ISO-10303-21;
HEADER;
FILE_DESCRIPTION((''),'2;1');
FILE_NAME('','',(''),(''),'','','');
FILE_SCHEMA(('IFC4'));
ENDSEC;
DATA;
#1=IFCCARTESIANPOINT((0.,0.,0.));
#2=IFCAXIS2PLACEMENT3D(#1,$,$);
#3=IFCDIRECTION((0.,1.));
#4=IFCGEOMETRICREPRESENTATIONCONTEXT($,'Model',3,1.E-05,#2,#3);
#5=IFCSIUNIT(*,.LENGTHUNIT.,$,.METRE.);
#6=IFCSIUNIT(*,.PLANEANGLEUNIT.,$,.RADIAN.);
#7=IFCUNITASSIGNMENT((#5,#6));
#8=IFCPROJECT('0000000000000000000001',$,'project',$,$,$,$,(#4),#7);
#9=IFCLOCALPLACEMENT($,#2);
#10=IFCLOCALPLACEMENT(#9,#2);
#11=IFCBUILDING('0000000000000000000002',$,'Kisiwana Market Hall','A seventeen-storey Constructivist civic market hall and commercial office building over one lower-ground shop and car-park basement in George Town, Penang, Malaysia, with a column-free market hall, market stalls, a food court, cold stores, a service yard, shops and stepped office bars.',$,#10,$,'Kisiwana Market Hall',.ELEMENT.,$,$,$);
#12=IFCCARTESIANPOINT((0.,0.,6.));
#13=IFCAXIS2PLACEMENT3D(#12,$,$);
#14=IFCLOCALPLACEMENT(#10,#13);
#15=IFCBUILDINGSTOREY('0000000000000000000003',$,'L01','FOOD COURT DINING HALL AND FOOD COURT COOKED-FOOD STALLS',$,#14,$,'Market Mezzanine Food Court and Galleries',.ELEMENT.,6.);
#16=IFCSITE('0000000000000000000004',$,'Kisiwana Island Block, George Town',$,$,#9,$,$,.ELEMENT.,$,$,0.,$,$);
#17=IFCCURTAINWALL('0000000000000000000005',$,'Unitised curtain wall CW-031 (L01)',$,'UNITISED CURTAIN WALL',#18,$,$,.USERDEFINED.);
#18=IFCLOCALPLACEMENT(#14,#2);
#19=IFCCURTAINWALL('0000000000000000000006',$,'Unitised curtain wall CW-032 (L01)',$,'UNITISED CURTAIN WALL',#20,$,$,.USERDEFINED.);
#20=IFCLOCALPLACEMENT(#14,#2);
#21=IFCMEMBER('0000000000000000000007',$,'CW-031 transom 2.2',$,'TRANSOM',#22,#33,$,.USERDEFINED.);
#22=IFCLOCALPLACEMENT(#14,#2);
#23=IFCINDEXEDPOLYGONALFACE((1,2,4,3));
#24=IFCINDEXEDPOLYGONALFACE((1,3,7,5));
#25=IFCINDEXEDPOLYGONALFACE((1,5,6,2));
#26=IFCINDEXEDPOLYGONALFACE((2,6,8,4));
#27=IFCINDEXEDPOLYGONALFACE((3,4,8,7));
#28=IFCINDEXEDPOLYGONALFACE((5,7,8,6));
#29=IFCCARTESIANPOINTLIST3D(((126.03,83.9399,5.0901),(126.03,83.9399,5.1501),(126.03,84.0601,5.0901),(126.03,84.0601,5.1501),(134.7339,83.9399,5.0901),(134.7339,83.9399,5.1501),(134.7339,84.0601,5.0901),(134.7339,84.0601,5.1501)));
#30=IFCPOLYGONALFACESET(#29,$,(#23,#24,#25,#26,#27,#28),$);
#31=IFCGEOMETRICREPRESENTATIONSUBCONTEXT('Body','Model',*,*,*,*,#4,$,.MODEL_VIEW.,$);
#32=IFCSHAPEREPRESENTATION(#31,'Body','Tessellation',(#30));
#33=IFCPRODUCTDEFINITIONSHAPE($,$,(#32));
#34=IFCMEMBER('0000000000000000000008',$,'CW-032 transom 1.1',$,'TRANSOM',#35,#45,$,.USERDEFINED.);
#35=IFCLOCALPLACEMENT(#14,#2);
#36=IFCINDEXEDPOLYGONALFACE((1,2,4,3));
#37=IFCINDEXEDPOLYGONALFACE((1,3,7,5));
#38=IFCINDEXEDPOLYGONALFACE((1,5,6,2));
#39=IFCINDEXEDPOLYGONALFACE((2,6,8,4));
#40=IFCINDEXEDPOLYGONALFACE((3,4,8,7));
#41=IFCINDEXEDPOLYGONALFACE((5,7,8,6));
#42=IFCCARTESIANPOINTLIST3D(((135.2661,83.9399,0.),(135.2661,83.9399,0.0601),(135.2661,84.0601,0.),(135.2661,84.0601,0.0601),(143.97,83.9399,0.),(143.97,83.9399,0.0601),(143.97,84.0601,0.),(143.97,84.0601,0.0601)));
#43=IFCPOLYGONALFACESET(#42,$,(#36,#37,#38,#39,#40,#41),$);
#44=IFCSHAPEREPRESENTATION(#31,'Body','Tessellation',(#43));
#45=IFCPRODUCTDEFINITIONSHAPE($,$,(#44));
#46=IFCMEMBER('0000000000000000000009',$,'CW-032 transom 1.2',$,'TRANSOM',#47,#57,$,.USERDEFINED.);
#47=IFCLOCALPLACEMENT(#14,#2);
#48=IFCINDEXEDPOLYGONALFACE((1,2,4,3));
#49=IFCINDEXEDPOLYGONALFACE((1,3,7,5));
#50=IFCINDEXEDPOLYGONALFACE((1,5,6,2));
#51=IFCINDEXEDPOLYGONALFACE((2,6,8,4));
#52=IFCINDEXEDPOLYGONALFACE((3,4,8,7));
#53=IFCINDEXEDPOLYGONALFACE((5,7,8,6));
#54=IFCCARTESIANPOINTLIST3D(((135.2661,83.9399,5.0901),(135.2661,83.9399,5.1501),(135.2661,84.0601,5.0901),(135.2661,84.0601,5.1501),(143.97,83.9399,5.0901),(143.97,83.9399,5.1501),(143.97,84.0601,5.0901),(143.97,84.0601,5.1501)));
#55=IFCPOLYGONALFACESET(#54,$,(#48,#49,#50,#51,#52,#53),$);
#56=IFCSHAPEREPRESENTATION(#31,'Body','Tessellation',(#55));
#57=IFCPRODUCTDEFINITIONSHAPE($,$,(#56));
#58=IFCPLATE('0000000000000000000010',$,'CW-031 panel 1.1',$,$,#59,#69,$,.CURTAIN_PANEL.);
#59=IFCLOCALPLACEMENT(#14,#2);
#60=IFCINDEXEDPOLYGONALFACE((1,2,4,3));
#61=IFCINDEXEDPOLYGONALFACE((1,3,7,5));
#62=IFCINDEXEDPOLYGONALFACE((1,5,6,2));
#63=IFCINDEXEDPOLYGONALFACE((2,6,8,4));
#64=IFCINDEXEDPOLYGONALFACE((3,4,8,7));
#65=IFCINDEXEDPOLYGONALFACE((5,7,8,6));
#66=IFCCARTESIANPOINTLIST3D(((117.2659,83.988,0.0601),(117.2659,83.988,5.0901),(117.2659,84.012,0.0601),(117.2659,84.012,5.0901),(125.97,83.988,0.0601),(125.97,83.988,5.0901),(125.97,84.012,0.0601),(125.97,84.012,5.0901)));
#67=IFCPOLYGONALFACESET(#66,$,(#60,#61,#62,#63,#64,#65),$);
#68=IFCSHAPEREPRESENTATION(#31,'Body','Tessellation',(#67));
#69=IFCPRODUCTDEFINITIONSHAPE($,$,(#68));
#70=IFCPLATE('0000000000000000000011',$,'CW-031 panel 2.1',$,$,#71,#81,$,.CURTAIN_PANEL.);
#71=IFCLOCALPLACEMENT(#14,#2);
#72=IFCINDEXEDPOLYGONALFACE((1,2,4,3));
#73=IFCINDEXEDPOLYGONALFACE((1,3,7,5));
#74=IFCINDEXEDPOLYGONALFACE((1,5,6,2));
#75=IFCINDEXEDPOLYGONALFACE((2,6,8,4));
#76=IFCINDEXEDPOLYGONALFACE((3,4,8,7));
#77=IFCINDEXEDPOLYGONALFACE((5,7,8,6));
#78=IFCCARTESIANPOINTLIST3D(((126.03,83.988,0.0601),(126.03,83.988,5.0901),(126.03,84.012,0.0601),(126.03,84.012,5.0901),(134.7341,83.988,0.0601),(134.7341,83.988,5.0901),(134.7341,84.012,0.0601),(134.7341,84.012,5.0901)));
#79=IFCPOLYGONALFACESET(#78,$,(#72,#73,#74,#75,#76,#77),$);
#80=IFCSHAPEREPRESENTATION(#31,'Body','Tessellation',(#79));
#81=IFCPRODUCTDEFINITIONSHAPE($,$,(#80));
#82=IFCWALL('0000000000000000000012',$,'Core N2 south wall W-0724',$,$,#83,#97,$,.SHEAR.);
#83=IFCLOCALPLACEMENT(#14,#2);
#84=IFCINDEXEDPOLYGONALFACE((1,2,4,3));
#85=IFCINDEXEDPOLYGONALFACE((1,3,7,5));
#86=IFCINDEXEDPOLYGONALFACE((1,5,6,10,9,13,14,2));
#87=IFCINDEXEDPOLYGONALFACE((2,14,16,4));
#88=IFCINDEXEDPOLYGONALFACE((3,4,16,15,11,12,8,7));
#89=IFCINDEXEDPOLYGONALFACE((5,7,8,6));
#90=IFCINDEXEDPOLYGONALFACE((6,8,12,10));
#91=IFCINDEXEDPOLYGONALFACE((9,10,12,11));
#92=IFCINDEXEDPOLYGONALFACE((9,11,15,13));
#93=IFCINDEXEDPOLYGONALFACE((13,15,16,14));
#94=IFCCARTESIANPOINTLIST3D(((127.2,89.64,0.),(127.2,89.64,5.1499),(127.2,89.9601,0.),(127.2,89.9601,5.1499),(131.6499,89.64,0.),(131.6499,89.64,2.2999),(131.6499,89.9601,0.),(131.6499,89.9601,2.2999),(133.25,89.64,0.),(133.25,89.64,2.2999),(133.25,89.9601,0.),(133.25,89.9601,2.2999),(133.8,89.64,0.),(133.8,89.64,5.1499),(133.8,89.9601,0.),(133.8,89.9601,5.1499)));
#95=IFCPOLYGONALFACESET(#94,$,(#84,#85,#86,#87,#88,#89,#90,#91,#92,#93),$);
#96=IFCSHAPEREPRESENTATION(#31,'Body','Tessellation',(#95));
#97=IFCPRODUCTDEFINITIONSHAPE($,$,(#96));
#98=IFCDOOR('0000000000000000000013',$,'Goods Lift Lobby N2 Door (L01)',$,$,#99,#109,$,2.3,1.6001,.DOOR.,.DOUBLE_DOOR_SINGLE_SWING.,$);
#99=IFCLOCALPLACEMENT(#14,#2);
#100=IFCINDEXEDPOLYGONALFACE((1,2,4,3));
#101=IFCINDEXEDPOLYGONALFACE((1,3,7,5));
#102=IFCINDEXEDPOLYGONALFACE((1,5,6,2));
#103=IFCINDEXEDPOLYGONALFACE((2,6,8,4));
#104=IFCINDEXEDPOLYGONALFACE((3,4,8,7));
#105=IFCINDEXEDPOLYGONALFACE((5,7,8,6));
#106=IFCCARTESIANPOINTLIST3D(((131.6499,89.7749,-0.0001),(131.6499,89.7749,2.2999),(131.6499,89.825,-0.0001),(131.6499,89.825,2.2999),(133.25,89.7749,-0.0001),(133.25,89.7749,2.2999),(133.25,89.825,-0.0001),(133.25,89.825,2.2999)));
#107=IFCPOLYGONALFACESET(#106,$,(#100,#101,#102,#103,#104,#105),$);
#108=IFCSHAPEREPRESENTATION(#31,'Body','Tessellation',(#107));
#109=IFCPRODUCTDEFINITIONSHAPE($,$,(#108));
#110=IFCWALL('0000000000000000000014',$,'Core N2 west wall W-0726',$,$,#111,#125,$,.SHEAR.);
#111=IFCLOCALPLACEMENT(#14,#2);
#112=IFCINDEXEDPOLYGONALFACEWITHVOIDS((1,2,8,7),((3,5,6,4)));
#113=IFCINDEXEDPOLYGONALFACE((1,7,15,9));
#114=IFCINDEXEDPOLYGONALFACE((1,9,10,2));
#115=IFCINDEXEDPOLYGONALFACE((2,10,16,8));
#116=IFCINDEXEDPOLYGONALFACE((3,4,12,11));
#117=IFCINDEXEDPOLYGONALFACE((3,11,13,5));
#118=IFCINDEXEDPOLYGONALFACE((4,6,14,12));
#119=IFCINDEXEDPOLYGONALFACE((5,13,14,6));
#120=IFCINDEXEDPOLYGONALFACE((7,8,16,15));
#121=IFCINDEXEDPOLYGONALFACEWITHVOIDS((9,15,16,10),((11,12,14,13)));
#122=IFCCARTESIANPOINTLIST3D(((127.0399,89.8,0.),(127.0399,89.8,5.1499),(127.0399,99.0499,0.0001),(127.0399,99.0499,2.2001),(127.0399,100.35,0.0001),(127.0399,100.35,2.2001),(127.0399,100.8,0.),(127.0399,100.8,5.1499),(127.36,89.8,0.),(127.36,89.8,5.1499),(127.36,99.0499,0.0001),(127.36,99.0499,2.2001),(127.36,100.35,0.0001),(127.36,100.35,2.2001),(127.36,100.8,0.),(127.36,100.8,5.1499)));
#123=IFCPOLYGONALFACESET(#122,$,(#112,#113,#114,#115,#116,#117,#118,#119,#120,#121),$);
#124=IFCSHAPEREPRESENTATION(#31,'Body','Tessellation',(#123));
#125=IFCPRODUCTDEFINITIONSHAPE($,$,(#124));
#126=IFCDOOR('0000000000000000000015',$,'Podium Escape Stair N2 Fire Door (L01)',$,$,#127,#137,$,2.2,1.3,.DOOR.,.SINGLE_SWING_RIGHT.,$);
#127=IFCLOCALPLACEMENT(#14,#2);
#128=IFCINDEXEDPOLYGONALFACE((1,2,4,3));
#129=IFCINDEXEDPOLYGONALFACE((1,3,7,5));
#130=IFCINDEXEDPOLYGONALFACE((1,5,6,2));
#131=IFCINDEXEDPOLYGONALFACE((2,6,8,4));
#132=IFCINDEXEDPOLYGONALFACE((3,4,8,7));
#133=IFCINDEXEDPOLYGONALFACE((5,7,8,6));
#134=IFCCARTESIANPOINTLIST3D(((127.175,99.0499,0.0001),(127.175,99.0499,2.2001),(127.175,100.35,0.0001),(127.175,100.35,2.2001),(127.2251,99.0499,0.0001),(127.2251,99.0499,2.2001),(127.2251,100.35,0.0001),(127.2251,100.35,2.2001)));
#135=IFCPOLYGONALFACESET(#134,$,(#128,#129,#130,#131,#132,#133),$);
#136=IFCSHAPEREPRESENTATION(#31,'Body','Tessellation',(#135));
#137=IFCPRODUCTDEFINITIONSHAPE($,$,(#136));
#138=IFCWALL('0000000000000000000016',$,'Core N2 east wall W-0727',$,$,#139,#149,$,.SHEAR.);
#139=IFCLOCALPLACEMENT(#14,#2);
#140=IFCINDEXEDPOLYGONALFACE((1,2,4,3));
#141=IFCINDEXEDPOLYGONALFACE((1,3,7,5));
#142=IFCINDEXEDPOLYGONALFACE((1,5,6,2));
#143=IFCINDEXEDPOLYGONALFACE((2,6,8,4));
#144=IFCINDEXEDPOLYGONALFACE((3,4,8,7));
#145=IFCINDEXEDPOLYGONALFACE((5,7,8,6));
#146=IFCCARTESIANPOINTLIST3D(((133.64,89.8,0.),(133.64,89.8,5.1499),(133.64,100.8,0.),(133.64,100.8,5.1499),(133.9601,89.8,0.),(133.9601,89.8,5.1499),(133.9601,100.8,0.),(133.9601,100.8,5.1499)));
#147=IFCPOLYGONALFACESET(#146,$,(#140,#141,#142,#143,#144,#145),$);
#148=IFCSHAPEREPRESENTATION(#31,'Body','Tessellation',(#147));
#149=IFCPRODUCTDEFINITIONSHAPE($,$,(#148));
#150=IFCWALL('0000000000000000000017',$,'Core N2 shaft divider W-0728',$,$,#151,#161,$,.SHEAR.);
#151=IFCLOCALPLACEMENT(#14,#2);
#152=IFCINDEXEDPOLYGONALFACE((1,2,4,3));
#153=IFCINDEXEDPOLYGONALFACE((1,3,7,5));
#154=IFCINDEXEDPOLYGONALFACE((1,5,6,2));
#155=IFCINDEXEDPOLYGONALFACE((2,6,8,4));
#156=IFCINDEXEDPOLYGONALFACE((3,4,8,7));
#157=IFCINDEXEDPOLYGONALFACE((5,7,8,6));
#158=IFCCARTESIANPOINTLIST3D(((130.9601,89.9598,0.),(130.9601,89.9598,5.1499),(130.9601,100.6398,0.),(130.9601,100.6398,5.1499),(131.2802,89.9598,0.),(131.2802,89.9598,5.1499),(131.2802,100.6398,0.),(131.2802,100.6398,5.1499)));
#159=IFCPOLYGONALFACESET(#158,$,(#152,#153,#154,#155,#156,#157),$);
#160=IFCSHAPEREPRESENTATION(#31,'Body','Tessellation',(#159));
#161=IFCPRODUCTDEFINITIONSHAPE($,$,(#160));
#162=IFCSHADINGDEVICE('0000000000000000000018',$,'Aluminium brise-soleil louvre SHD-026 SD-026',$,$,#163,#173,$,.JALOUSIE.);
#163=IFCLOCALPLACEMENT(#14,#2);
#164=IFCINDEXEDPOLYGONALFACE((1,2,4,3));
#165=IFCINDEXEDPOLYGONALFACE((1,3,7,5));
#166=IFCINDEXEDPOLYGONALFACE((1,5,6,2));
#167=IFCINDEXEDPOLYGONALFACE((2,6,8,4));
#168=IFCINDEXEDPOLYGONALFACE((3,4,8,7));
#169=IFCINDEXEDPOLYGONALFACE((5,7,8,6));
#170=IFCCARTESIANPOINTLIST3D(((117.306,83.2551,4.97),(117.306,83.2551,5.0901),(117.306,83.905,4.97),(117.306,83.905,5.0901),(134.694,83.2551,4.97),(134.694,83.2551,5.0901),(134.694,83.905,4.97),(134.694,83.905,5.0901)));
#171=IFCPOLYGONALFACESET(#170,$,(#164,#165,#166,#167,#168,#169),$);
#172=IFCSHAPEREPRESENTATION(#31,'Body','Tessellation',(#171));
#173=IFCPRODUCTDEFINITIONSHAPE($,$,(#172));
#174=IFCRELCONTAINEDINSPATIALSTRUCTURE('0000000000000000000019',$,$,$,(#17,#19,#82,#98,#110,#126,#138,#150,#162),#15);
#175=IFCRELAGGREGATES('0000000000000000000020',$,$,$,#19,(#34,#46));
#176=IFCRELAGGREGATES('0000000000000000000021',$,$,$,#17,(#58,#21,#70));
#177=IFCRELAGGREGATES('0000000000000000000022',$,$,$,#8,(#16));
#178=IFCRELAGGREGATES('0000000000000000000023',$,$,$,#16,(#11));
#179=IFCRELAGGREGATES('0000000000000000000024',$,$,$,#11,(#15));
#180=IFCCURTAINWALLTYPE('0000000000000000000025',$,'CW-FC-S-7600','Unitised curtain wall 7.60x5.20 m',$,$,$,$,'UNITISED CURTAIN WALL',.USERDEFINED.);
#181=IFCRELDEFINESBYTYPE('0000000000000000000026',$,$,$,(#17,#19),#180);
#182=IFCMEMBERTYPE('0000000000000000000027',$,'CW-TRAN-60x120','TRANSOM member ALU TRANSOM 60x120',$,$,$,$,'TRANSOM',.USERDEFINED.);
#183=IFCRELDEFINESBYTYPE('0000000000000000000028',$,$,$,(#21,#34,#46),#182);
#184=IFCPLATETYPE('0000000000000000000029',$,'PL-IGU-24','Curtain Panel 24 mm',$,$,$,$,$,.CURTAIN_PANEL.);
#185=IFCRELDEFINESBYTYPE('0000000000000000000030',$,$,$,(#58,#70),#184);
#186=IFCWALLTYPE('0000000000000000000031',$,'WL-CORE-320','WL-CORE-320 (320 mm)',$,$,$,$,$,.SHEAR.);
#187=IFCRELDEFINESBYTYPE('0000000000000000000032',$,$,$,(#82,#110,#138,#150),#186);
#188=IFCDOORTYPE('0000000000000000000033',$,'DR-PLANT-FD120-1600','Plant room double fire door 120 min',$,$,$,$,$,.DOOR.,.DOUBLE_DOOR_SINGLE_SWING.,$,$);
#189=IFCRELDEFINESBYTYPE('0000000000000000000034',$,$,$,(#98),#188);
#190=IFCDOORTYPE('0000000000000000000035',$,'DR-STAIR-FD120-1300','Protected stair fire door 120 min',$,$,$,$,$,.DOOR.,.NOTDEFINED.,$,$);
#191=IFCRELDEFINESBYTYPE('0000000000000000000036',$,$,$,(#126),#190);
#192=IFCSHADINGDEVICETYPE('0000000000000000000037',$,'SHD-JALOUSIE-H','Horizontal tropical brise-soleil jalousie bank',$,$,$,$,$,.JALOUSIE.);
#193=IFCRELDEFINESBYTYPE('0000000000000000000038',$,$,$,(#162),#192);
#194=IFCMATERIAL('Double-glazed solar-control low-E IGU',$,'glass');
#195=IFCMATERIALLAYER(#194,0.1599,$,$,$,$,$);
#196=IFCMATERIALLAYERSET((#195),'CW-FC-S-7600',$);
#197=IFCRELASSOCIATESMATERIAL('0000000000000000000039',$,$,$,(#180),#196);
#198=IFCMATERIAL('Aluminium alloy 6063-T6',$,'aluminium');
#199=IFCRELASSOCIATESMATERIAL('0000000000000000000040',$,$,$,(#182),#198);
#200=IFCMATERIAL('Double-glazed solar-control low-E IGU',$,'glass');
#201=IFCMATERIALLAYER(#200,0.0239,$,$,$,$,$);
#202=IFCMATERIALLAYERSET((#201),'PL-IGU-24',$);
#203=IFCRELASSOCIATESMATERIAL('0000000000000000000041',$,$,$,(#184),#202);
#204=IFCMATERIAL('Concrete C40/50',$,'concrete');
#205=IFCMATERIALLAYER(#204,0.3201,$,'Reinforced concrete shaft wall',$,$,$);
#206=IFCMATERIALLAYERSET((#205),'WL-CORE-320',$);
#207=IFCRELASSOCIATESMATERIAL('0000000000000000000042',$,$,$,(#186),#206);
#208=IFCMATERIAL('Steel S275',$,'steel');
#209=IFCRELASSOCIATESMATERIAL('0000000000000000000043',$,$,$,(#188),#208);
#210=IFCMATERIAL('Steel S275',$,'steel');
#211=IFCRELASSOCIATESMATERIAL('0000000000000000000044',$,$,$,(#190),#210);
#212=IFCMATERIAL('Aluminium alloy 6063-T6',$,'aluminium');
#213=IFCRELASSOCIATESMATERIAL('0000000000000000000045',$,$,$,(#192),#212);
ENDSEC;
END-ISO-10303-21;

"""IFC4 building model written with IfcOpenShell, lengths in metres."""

from ifc_helpers import new_model, si_unit, direction, frame, frame_2d, origin, origin_2d, place, context, subcontext, project, spatial, rectangle, extrude, material, layer, layer_set, material_profile, profile_set, type_object, element, fill, aggregate, save


model = new_model("IFC4")

# Units and contexts
model_context = context("Model", 3, precision=1e-05, world=origin(), true_north=direction((0.0, 1.0)))
body_context = subcontext(model_context, "Body", "Model", "MODEL_VIEW")
ifc_project = project(units=[si_unit("LENGTHUNIT", "METRE"), si_unit("PLANEANGLEUNIT", "RADIAN")], contexts=[model_context])

# Site, building, storey
site_placement = place(None, origin())
site = spatial("IfcSite", under=ifc_project, at=site_placement, Name="Kisiwana Island Block, George Town", CompositionType="ELEMENT", RefElevation=0.0)
building_placement = place(site_placement, origin())
building = spatial("IfcBuilding", under=site, at=building_placement, Name="Kisiwana Market Hall", Description="A seventeen-storey Constructivist civic market hall and commercial office building over one lower-ground shop and car-park basement in George Town, Penang, Malaysia, with a column-free market hall, market stalls, a food court, cold stores, a service yard, shops and stepped office bars.", LongName="Kisiwana Market Hall", CompositionType="ELEMENT")
storey_placement = place(building_placement, frame((0.0, 0.0, 6.0)))
storey = spatial("IfcBuildingStorey", under=building, at=storey_placement, Name="L01", Description="FOOD COURT DINING HALL AND FOOD COURT COOKED-FOOD STALLS", LongName="Market Mezzanine Food Court and Galleries", CompositionType="ELEMENT", Elevation=6.0)

# Curtain wall
ifc_material_1 = material(Name="Double-glazed solar-control low-E IGU", Category="glass")
ifc_layer_1 = layer(ifc_material_1, 0.1599)
ifc_layer_set_1 = layer_set([ifc_layer_1], Name="CW-FC-S-7600")
curtain_wall_type = type_object("IfcCurtainWallType", Name="CW-FC-S-7600", Description="Unitised curtain wall 7.60x5.20 m", ElementType="UNITISED CURTAIN WALL", PredefinedType="USERDEFINED", material=ifc_layer_set_1)
curtain_wall_1_placement = place(storey_placement, origin())
curtain_wall_1 = element("IfcCurtainWall", 1, at=curtain_wall_1_placement, inside=storey, type_object=curtain_wall_type, Name="Unitised curtain wall CW-031 (L01)", ObjectType="UNITISED CURTAIN WALL", PredefinedType="USERDEFINED")

# Curtain wall
curtain_wall_2_placement = place(storey_placement, origin())
curtain_wall_2 = element("IfcCurtainWall", 2, at=curtain_wall_2_placement, inside=storey, type_object=curtain_wall_type, Name="Unitised curtain wall CW-032 (L01)", ObjectType="UNITISED CURTAIN WALL", PredefinedType="USERDEFINED")

# Members
ifc_material_2 = material(Name="Aluminium alloy 6063-T6", Category="aluminium")
ifc_material_profile_1 = material_profile(ifc_material_2, rectangle(XDim=0.1201, YDim=0.0601, at=origin_2d()), Name="ALU TRANSOM 60x120")
ifc_profile_set_1 = profile_set([ifc_material_profile_1], Name="Aluminium alloy 6063-T6")
member_type_1 = type_object("IfcMemberType", Name="CW-TRAN-60x120", Description="TRANSOM member ALU TRANSOM 60x120", ElementType="TRANSOM", PredefinedType="USERDEFINED", material=ifc_profile_set_1)
member_1_placement = place(storey_placement, frame((126.03, 84.0, 5.1201), z_axis=(1.0, 0.0, 0.0), x_axis=(0.0, 1.0, 0.0)))
member_1 = element("IfcMember", 3, at=member_1_placement, type_object=member_type_1, Name="CW-031 transom 2.2", ObjectType="TRANSOM", PredefinedType="USERDEFINED", context=body_context, shape_type="SweptSolid", body=[
    extrude(rectangle(XDim=0.1201, YDim=0.0601, at=origin_2d()), origin(), (0.0, 0.0, 1.0), 8.7039),
])
member_2_placement = place(storey_placement, frame((135.2661, 84.0, 0.03), z_axis=(1.0, 0.0, 0.0), x_axis=(0.0, 1.0, 0.0)))
member_2 = element("IfcMember", 4, at=member_2_placement, type_object=member_type_1, Name="CW-032 transom 1.1", ObjectType="TRANSOM", PredefinedType="USERDEFINED", context=body_context, shape_type="SweptSolid", body=[
    extrude(rectangle(XDim=0.1201, YDim=0.0601, at=origin_2d()), origin(), (0.0, 0.0, 1.0), 8.7039),
])
member_3_placement = place(storey_placement, frame((135.2661, 84.0, 5.1201), z_axis=(1.0, 0.0, 0.0), x_axis=(0.0, 1.0, 0.0)))
member_3 = element("IfcMember", 5, at=member_3_placement, type_object=member_type_1, Name="CW-032 transom 1.2", ObjectType="TRANSOM", PredefinedType="USERDEFINED", context=body_context, shape_type="SweptSolid", body=[
    extrude(rectangle(XDim=0.1201, YDim=0.0601, at=origin_2d()), origin(), (0.0, 0.0, 1.0), 8.7039),
])
aggregate(curtain_wall_2, [member_2, member_3])

# Plates
ifc_material_3 = material(Name="Double-glazed solar-control low-E IGU", Category="glass")
ifc_layer_2 = layer(ifc_material_3, 0.0239)
ifc_layer_set_2 = layer_set([ifc_layer_2], Name="PL-IGU-24")
plate_type = type_object("IfcPlateType", Name="PL-IGU-24", Description="Curtain Panel 24 mm", PredefinedType="CURTAIN_PANEL", material=ifc_layer_set_2)
plate_1_placement = place(storey_placement, frame((121.6179, 84.0, 0.0601), z_axis=(0.0, 0.0, 1.0), x_axis=(1.0, 0.0, 0.0)))
plate_1 = element("IfcPlate", 6, at=plate_1_placement, type_object=plate_type, Name="CW-031 panel 1.1", PredefinedType="CURTAIN_PANEL", context=body_context, shape_type="SweptSolid", body=[
    extrude(rectangle(XDim=8.7041, YDim=0.0239, at=origin_2d()), origin(), (0.0, 0.0, 1.0), 5.03),
])
plate_2_placement = place(storey_placement, frame((130.3821, 84.0, 0.0601), z_axis=(0.0, 0.0, 1.0), x_axis=(1.0, 0.0, 0.0)))
plate_2 = element("IfcPlate", 7, at=plate_2_placement, type_object=plate_type, Name="CW-031 panel 2.1", PredefinedType="CURTAIN_PANEL", context=body_context, shape_type="SweptSolid", body=[
    extrude(rectangle(XDim=8.7041, YDim=0.0239, at=origin_2d()), origin(), (0.0, 0.0, 1.0), 5.03),
])
aggregate(curtain_wall_1, [plate_1, member_1, plate_2])

# Walls, openings, doors
ifc_material_4 = material(Name="Concrete C40/50", Category="concrete")
ifc_layer_3 = layer(ifc_material_4, 0.3201, Name="Reinforced concrete shaft wall")
ifc_layer_set_3 = layer_set([ifc_layer_3], Name="WL-CORE-320")
wall_type = type_object("IfcWallType", Name="WL-CORE-320", Description="WL-CORE-320 (320 mm)", PredefinedType="SHEAR", material=ifc_layer_set_3)
wall_1_placement = place(storey_placement, frame((127.2, 89.8, 0.0), z_axis=(0.0, 0.0, 1.0), x_axis=(1.0, 0.0, 0.0)))
wall_1 = element("IfcWall", 8, at=wall_1_placement, inside=storey, type_object=wall_type, Name="Core N2 south wall W-0724", PredefinedType="SHEAR", context=body_context, shape_type="SweptSolid", body=[
    extrude(rectangle(XDim=6.6001, YDim=0.3201, at=frame_2d((3.3, 0.0))), origin(), (0.0, 0.0, 1.0), 5.1499),
])
opening_1_placement = place(wall_1_placement, frame((4.45, 0.0, 0.0)))
opening_1 = element("IfcOpeningElement", 9, at=opening_1_placement, cuts=wall_1, PredefinedType="OPENING", context=body_context, shape_type="SweptSolid", body=[
    extrude(rectangle(XDim=1.6001, YDim=2.3, at=frame_2d((0.8, 1.1499))), frame((0.0, 0.1719, 0.0), z_axis=(0.0, -1.0, 0.0), x_axis=(1.0, 0.0, 0.0)), (0.0, 0.0, 1.0), 0.344),
])
ifc_material_5 = material(Name="Steel S275", Category="steel")
door_type_1 = type_object("IfcDoorType", Name="DR-PLANT-FD120-1600", Description="Plant room double fire door 120 min", OperationType="DOUBLE_DOOR_SINGLE_SWING", PredefinedType="DOOR", material=ifc_material_5)
door_1_placement = place(opening_1_placement, origin())
door_1 = element("IfcDoor", 10, at=door_1_placement, inside=storey, type_object=door_type_1, Name="Goods Lift Lobby N2 Door (L01)", OperationType="DOUBLE_DOOR_SINGLE_SWING", OverallHeight=2.3, OverallWidth=1.6001, PredefinedType="DOOR", context=body_context, shape_type="SweptSolid", body=[
    extrude(rectangle(XDim=1.6001, YDim=2.3, at=frame_2d((0.8, 1.1499))), frame((0.0, 0.0249, 0.0), z_axis=(0.0, -1.0, 0.0), x_axis=(1.0, 0.0, 0.0)), (0.0, 0.0, 1.0), 0.05),
])
fill(opening_1, door_1)
wall_2_placement = place(storey_placement, frame((127.2, 89.8, 0.0), z_axis=(0.0, 0.0, 1.0), x_axis=(0.0, 1.0, 0.0)))
wall_2 = element("IfcWall", 11, at=wall_2_placement, inside=storey, type_object=wall_type, Name="Core N2 west wall W-0726", PredefinedType="SHEAR", context=body_context, shape_type="SweptSolid", body=[
    extrude(rectangle(XDim=11.0, YDim=0.3201, at=frame_2d((5.5, 0.0))), origin(), (0.0, 0.0, 1.0), 5.1499),
])
opening_2_placement = place(wall_2_placement, frame((9.25, 0.0, 0.0)))
opening_2 = element("IfcOpeningElement", 12, at=opening_2_placement, cuts=wall_2, PredefinedType="OPENING", context=body_context, shape_type="SweptSolid", body=[
    extrude(rectangle(XDim=1.3, YDim=2.2, at=frame_2d((0.6499, 1.1001))), frame((0.0, 0.1719, 0.0), z_axis=(0.0, -1.0, 0.0), x_axis=(1.0, 0.0, 0.0)), (0.0, 0.0, 1.0), 0.344),
])
ifc_material_6 = material(Name="Steel S275", Category="steel")
door_type_2 = type_object("IfcDoorType", Name="DR-STAIR-FD120-1300", Description="Protected stair fire door 120 min", OperationType="NOTDEFINED", PredefinedType="DOOR", material=ifc_material_6)
door_2_placement = place(opening_2_placement, origin())
door_2 = element("IfcDoor", 13, at=door_2_placement, inside=storey, type_object=door_type_2, Name="Podium Escape Stair N2 Fire Door (L01)", OperationType="SINGLE_SWING_RIGHT", OverallHeight=2.2, OverallWidth=1.3, PredefinedType="DOOR", context=body_context, shape_type="SweptSolid", body=[
    extrude(rectangle(XDim=1.3, YDim=2.2, at=frame_2d((0.6499, 1.1001))), frame((0.0, 0.0249, 0.0), z_axis=(0.0, -1.0, 0.0), x_axis=(1.0, 0.0, 0.0)), (0.0, 0.0, 1.0), 0.05),
])
fill(opening_2, door_2)

# Walls
wall_3_placement = place(storey_placement, frame((133.8, 89.8, 0.0), z_axis=(0.0, 0.0, 1.0), x_axis=(0.0, 1.0, 0.0)))
element("IfcWall", 14, at=wall_3_placement, inside=storey, type_object=wall_type, Name="Core N2 east wall W-0727", PredefinedType="SHEAR", context=body_context, shape_type="SweptSolid", body=[
    extrude(rectangle(XDim=11.0, YDim=0.3201, at=frame_2d((5.5, 0.0))), origin(), (0.0, 0.0, 1.0), 5.1499),
])
wall_4_placement = place(storey_placement, frame((131.1201, 89.96, 0.0), z_axis=(0.0, 0.0, 1.0), x_axis=(0.0, 1.0, 0.0)))
element("IfcWall", 15, at=wall_4_placement, inside=storey, type_object=wall_type, Name="Core N2 shaft divider W-0728", PredefinedType="SHEAR", context=body_context, shape_type="SweptSolid", body=[
    extrude(rectangle(XDim=10.6799, YDim=0.3201, at=frame_2d((5.3398, 0.0))), origin(), (0.0, 0.0, 1.0), 5.1499),
])

# Shading device
ifc_material_7 = material(Name="Aluminium alloy 6063-T6", Category="aluminium")
shading_device_type = type_object("IfcShadingDeviceType", Name="SHD-JALOUSIE-H", Description="Horizontal tropical brise-soleil jalousie bank", PredefinedType="JALOUSIE", material=ifc_material_7)
shading_device_placement = place(storey_placement, frame((126.0, 83.5801, 4.97), z_axis=(0.0, 0.0, 1.0), x_axis=(1.0, 0.0, 0.0)))
element("IfcShadingDevice", 16, at=shading_device_placement, inside=storey, type_object=shading_device_type, Name="Aluminium brise-soleil louvre SHD-026 SD-026", PredefinedType="JALOUSIE", context=body_context, shape_type="SweptSolid", body=[
    extrude(rectangle(XDim=17.3879, YDim=0.6499, at=origin_2d()), origin(), (0.0, 0.0, 1.0), 0.1201),
])

save(model, "model.ifc")
